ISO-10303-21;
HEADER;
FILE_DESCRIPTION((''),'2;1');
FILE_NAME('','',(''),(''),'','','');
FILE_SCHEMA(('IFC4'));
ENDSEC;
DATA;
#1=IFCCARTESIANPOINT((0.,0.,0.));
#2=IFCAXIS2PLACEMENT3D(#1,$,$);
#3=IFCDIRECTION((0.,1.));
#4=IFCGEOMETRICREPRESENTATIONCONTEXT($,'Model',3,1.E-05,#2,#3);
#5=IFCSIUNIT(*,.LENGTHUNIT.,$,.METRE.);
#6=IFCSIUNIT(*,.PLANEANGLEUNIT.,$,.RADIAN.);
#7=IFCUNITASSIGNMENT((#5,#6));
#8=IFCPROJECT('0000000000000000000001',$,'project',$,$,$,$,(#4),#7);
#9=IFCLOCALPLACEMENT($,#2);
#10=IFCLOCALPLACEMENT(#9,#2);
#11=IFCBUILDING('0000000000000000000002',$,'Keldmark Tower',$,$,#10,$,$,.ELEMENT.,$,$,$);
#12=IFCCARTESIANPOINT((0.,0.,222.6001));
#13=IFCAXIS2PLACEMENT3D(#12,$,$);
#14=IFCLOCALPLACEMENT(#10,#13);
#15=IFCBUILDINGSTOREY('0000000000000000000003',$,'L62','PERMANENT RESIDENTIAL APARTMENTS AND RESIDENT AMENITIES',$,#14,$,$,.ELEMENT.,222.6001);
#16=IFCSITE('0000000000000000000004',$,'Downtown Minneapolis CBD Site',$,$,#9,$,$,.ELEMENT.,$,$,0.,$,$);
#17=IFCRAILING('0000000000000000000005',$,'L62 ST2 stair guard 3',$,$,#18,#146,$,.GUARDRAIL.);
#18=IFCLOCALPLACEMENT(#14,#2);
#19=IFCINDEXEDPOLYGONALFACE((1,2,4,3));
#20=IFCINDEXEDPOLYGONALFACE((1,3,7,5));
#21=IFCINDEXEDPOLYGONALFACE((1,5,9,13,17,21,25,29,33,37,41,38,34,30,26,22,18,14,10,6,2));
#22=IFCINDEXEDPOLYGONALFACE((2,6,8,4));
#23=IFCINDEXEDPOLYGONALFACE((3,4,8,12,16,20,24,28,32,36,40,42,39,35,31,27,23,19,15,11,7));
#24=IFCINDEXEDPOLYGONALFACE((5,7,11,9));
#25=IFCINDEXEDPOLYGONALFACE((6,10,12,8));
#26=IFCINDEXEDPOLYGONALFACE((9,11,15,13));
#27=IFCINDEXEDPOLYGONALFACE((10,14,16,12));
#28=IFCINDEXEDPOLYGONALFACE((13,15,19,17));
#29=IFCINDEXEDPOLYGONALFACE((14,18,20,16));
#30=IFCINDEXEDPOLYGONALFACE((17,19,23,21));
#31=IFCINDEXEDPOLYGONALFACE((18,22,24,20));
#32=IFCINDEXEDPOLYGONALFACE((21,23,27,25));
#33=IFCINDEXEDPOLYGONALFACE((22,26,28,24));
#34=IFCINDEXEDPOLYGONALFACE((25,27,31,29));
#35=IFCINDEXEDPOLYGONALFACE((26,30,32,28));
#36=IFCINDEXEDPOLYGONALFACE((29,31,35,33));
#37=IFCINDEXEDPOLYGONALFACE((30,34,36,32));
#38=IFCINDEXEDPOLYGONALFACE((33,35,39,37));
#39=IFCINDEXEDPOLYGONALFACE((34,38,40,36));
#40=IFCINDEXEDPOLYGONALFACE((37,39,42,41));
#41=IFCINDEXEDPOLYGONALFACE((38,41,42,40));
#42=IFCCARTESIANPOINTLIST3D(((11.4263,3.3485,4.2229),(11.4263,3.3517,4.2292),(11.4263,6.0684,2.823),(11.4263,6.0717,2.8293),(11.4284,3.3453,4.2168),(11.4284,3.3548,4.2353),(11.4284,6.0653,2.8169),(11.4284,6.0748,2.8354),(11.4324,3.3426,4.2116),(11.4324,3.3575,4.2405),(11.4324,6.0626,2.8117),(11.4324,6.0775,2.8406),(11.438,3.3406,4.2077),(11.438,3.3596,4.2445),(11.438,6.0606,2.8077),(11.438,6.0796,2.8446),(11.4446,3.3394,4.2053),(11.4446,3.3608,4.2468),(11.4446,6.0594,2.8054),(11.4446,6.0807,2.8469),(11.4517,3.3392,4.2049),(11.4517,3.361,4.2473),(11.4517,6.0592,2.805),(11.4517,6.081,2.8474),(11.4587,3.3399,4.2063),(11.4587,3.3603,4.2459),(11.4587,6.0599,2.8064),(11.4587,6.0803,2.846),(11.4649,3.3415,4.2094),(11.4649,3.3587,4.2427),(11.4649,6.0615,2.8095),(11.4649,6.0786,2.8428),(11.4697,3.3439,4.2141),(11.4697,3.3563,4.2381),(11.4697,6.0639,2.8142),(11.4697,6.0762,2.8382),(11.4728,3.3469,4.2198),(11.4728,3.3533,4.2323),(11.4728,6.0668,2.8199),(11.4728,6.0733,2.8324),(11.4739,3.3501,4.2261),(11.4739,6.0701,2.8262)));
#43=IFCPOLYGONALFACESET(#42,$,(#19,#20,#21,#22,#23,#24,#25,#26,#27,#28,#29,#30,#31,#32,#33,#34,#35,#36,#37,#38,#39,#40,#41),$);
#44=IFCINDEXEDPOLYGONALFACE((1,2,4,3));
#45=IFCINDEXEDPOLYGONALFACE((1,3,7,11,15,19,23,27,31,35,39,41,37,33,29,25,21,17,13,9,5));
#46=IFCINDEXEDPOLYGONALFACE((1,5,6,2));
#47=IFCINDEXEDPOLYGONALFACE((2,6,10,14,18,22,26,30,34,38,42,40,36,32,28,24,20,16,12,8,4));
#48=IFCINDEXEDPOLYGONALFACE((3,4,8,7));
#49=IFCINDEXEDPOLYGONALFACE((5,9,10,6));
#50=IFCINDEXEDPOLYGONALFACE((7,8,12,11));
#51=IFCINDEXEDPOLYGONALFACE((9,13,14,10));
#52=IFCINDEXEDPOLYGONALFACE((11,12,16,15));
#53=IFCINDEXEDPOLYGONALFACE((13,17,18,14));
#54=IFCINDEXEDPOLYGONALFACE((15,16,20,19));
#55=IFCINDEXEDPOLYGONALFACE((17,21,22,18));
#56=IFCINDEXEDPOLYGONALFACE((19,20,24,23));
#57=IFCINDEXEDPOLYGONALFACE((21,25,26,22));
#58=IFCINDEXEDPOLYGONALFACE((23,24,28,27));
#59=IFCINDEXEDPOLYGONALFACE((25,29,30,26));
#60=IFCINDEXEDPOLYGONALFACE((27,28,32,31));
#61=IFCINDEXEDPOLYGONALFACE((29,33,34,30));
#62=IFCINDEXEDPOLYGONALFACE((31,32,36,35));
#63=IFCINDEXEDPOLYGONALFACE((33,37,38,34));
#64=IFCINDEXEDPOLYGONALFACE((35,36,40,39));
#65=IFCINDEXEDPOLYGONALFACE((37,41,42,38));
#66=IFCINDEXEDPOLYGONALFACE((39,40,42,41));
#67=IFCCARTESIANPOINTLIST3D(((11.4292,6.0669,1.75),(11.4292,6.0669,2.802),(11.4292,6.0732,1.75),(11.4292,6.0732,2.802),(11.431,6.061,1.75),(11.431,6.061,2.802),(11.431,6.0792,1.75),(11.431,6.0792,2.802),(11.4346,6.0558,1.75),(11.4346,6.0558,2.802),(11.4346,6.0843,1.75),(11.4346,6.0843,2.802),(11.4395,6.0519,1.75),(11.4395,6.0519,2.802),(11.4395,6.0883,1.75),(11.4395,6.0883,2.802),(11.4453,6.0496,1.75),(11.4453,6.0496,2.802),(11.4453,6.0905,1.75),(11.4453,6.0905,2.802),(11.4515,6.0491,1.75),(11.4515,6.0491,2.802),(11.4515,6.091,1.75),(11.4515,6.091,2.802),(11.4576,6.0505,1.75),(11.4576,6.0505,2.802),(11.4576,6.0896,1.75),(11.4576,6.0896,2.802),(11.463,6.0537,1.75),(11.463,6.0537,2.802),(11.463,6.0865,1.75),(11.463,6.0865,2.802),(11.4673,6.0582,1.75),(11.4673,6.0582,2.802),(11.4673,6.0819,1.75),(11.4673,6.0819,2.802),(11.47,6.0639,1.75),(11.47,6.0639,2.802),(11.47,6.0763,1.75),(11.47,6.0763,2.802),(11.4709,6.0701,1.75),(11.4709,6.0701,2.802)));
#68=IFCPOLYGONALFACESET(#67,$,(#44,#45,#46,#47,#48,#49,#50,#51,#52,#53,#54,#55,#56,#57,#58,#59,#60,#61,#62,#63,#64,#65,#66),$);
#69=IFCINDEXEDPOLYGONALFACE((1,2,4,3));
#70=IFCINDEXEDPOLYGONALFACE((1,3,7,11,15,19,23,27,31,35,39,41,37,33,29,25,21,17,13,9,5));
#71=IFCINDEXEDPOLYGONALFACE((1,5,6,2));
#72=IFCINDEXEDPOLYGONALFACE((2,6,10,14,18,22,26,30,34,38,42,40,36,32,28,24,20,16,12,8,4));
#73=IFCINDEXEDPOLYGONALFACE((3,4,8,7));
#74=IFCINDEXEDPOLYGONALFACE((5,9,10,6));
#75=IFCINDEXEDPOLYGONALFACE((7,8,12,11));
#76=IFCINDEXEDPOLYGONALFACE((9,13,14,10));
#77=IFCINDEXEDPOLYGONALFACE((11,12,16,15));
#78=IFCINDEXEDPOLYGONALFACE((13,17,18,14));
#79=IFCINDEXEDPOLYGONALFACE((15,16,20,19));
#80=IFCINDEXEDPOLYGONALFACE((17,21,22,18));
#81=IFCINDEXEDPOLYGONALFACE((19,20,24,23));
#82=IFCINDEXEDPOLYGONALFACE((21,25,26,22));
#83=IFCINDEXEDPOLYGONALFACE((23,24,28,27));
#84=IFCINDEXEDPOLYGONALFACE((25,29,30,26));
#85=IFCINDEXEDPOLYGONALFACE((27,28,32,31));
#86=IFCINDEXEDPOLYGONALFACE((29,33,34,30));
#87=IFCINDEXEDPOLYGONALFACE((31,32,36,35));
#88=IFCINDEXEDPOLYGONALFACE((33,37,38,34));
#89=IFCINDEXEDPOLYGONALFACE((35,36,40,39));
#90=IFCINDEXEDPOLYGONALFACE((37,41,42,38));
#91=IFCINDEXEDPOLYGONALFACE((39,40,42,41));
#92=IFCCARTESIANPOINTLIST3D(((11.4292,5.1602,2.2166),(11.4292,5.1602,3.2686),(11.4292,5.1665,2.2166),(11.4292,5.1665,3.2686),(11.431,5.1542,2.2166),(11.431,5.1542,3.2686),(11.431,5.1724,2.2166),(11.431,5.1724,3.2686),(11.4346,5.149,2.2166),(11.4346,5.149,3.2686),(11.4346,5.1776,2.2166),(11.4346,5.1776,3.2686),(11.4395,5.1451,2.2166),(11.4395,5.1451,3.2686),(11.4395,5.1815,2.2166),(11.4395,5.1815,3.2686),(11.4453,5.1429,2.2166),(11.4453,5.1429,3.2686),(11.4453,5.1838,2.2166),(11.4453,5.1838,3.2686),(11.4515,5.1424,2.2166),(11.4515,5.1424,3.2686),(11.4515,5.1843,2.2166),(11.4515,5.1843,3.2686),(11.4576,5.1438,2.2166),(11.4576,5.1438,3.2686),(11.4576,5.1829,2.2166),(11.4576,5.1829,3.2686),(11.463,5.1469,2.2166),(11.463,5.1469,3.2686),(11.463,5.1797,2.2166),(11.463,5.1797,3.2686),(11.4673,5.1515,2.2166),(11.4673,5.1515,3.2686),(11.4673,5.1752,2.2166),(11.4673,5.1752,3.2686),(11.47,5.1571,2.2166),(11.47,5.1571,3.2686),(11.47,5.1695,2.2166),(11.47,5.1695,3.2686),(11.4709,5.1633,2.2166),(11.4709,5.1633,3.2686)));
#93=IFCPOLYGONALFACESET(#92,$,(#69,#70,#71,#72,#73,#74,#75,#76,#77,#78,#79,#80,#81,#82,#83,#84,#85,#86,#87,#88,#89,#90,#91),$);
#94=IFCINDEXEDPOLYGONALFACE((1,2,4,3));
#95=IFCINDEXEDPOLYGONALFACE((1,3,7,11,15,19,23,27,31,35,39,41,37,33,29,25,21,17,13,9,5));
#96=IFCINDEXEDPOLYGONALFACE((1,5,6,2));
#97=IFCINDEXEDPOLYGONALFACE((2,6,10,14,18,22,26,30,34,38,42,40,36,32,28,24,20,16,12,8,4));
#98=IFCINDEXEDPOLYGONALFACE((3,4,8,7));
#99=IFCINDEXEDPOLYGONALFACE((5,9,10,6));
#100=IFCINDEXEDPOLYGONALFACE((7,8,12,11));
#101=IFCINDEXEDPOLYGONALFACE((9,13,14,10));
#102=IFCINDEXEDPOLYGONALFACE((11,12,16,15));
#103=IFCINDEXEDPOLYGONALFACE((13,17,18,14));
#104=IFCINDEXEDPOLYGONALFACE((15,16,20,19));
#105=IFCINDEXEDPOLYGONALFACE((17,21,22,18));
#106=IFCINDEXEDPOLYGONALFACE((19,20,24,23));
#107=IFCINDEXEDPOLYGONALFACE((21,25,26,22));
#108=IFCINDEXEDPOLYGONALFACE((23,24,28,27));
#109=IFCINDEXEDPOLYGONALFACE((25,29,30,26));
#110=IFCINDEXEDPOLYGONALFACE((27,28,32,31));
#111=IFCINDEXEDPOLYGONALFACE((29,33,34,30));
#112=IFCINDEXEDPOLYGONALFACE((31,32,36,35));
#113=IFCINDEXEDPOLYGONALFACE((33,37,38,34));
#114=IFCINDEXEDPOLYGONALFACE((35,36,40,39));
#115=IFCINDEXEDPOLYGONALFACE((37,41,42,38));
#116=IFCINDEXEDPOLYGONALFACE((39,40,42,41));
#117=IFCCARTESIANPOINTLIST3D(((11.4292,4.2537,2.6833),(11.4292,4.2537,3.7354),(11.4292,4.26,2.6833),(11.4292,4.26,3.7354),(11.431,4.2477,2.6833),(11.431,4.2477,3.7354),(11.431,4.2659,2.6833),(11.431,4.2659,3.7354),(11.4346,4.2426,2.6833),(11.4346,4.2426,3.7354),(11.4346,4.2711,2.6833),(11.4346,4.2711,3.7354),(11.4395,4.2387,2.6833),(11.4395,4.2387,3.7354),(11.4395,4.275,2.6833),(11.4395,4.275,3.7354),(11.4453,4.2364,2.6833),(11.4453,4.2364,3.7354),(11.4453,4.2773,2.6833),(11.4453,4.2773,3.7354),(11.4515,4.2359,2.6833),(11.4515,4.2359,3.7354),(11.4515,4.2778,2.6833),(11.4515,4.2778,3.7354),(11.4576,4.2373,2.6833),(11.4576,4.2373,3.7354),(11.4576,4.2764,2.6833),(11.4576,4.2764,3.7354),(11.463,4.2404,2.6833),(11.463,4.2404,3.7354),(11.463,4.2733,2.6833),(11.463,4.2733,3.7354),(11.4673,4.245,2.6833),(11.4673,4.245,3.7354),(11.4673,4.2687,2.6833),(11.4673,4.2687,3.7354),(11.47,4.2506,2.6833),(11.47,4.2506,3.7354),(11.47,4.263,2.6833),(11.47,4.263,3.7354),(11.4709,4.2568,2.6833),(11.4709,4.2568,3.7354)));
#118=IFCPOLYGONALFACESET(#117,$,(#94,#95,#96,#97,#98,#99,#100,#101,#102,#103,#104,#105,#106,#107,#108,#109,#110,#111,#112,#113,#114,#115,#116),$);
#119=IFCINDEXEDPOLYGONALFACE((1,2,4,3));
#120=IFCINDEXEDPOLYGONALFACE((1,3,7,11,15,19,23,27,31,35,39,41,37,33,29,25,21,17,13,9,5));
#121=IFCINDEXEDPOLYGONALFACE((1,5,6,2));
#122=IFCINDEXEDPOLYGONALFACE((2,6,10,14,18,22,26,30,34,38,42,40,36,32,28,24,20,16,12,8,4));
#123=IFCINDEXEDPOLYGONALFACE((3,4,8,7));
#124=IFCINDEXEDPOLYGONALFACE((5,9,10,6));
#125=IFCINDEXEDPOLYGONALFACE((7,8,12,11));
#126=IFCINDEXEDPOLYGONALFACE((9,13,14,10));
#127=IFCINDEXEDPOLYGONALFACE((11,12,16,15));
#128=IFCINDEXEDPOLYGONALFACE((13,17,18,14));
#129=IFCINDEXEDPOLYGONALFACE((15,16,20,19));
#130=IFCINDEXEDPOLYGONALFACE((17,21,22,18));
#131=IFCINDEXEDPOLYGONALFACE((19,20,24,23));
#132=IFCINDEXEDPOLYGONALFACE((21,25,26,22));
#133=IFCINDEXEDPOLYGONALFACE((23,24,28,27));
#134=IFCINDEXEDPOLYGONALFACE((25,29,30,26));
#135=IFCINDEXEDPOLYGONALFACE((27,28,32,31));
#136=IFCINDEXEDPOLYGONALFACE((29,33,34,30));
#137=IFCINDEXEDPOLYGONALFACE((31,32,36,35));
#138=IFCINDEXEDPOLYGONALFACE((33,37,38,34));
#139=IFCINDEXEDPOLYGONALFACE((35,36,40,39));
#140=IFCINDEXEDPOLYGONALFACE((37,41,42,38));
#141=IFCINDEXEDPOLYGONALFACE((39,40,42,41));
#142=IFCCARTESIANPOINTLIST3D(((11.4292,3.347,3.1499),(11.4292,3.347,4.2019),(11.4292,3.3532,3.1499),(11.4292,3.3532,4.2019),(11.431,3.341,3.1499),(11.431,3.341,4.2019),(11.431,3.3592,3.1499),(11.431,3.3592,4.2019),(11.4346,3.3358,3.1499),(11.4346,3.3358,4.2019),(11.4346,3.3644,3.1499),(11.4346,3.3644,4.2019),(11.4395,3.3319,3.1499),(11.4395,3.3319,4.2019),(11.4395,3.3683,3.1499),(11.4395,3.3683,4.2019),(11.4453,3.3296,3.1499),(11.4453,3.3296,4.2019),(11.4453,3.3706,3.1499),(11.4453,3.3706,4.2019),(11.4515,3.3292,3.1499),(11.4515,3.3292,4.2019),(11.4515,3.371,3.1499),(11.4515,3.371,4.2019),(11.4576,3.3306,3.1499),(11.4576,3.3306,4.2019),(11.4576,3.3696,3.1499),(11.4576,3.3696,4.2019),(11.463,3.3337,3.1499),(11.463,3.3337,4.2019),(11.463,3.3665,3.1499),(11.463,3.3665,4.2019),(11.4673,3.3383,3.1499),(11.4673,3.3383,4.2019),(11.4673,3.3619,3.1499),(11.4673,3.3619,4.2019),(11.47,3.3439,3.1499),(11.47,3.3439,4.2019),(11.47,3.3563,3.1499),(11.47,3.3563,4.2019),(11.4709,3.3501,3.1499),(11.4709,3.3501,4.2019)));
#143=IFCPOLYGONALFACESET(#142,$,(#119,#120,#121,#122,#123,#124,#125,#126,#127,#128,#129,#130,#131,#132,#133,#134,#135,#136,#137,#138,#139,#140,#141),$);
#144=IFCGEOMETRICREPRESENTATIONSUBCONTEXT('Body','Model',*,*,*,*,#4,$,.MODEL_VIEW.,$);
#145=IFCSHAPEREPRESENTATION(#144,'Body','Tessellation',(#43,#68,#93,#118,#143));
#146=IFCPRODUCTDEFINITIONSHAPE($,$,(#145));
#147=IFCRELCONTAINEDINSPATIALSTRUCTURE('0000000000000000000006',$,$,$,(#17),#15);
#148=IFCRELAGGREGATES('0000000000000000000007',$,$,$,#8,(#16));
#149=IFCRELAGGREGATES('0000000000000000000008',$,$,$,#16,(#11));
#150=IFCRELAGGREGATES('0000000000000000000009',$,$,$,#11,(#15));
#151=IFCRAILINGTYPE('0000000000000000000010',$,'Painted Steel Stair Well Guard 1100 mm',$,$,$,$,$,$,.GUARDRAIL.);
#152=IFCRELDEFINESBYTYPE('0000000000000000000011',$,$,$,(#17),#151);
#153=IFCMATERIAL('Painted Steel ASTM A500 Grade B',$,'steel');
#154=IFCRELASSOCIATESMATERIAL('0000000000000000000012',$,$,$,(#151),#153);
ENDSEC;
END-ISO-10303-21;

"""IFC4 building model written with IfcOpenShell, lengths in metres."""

from ifc_helpers import new_model, si_unit, direction, frame, origin, origin_2d, place, context, subcontext, project, spatial, circle, extrude, material, type_object, element, save


model = new_model("IFC4")

# Units and contexts
model_context = context("Model", 3, precision=1e-05, world=origin(), true_north=direction((0.0, 1.0)))
body_context = subcontext(model_context, "Body", "Model", "MODEL_VIEW")
ifc_project = project(units=[si_unit("LENGTHUNIT", "METRE"), si_unit("PLANEANGLEUNIT", "RADIAN")], contexts=[model_context])

# Site, building, storey
site_placement = place(None, origin())
site = spatial("IfcSite", under=ifc_project, at=site_placement, Name="Downtown Minneapolis CBD Site", CompositionType="ELEMENT", RefElevation=0.0)
building_placement = place(site_placement, origin())
building = spatial("IfcBuilding", under=site, at=building_placement, Name="Keldmark Tower", CompositionType="ELEMENT")
storey_placement = place(building_placement, frame((0.0, 0.0, 222.6001)))
storey = spatial("IfcBuildingStorey", under=building, at=storey_placement, Name="L62", Description="PERMANENT RESIDENTIAL APARTMENTS AND RESIDENT AMENITIES", CompositionType="ELEMENT", Elevation=222.6001)

# Railing
ifc_material_1 = material(Name="Painted Steel ASTM A500 Grade B", Category="steel")
railing_type_1 = type_object("IfcRailingType", Name="Painted Steel Stair Well Guard 1100 mm", PredefinedType="GUARDRAIL", material=ifc_material_1)
railing_1_placement = place(storey_placement, frame((11.45, 6.0701, 1.75)))
element("IfcRailing", 1, at=railing_1_placement, inside=storey, type_object=railing_type_1, Name="L62 ST2 stair guard 3", PredefinedType="GUARDRAIL", context=body_context, shape_type="SweptSolid", body=[
    extrude(circle(Radius=0.0239, at=origin_2d()), frame((0.0, 0.0, 1.0762), z_axis=(0.0, -0.889147, 0.457622), x_axis=(1.0, 0.0, 0.0)), (0.0, 0.0, 1.0), 3.0591),
    extrude(circle(Radius=0.021, at=origin_2d()), origin(), (0.0, 0.0, 1.0), 1.052),
    extrude(circle(Radius=0.021, at=origin_2d()), frame((0.0, -0.9067, 0.4666)), (0.0, 0.0, 1.0), 1.052),
    extrude(circle(Radius=0.021, at=origin_2d()), frame((0.0, -1.8132, 0.9333)), (0.0, 0.0, 1.0), 1.052),
    extrude(circle(Radius=0.021, at=origin_2d()), frame((0.0, -2.72, 1.3999)), (0.0, 0.0, 1.0), 1.052),
])

save(model, "model.ifc")
